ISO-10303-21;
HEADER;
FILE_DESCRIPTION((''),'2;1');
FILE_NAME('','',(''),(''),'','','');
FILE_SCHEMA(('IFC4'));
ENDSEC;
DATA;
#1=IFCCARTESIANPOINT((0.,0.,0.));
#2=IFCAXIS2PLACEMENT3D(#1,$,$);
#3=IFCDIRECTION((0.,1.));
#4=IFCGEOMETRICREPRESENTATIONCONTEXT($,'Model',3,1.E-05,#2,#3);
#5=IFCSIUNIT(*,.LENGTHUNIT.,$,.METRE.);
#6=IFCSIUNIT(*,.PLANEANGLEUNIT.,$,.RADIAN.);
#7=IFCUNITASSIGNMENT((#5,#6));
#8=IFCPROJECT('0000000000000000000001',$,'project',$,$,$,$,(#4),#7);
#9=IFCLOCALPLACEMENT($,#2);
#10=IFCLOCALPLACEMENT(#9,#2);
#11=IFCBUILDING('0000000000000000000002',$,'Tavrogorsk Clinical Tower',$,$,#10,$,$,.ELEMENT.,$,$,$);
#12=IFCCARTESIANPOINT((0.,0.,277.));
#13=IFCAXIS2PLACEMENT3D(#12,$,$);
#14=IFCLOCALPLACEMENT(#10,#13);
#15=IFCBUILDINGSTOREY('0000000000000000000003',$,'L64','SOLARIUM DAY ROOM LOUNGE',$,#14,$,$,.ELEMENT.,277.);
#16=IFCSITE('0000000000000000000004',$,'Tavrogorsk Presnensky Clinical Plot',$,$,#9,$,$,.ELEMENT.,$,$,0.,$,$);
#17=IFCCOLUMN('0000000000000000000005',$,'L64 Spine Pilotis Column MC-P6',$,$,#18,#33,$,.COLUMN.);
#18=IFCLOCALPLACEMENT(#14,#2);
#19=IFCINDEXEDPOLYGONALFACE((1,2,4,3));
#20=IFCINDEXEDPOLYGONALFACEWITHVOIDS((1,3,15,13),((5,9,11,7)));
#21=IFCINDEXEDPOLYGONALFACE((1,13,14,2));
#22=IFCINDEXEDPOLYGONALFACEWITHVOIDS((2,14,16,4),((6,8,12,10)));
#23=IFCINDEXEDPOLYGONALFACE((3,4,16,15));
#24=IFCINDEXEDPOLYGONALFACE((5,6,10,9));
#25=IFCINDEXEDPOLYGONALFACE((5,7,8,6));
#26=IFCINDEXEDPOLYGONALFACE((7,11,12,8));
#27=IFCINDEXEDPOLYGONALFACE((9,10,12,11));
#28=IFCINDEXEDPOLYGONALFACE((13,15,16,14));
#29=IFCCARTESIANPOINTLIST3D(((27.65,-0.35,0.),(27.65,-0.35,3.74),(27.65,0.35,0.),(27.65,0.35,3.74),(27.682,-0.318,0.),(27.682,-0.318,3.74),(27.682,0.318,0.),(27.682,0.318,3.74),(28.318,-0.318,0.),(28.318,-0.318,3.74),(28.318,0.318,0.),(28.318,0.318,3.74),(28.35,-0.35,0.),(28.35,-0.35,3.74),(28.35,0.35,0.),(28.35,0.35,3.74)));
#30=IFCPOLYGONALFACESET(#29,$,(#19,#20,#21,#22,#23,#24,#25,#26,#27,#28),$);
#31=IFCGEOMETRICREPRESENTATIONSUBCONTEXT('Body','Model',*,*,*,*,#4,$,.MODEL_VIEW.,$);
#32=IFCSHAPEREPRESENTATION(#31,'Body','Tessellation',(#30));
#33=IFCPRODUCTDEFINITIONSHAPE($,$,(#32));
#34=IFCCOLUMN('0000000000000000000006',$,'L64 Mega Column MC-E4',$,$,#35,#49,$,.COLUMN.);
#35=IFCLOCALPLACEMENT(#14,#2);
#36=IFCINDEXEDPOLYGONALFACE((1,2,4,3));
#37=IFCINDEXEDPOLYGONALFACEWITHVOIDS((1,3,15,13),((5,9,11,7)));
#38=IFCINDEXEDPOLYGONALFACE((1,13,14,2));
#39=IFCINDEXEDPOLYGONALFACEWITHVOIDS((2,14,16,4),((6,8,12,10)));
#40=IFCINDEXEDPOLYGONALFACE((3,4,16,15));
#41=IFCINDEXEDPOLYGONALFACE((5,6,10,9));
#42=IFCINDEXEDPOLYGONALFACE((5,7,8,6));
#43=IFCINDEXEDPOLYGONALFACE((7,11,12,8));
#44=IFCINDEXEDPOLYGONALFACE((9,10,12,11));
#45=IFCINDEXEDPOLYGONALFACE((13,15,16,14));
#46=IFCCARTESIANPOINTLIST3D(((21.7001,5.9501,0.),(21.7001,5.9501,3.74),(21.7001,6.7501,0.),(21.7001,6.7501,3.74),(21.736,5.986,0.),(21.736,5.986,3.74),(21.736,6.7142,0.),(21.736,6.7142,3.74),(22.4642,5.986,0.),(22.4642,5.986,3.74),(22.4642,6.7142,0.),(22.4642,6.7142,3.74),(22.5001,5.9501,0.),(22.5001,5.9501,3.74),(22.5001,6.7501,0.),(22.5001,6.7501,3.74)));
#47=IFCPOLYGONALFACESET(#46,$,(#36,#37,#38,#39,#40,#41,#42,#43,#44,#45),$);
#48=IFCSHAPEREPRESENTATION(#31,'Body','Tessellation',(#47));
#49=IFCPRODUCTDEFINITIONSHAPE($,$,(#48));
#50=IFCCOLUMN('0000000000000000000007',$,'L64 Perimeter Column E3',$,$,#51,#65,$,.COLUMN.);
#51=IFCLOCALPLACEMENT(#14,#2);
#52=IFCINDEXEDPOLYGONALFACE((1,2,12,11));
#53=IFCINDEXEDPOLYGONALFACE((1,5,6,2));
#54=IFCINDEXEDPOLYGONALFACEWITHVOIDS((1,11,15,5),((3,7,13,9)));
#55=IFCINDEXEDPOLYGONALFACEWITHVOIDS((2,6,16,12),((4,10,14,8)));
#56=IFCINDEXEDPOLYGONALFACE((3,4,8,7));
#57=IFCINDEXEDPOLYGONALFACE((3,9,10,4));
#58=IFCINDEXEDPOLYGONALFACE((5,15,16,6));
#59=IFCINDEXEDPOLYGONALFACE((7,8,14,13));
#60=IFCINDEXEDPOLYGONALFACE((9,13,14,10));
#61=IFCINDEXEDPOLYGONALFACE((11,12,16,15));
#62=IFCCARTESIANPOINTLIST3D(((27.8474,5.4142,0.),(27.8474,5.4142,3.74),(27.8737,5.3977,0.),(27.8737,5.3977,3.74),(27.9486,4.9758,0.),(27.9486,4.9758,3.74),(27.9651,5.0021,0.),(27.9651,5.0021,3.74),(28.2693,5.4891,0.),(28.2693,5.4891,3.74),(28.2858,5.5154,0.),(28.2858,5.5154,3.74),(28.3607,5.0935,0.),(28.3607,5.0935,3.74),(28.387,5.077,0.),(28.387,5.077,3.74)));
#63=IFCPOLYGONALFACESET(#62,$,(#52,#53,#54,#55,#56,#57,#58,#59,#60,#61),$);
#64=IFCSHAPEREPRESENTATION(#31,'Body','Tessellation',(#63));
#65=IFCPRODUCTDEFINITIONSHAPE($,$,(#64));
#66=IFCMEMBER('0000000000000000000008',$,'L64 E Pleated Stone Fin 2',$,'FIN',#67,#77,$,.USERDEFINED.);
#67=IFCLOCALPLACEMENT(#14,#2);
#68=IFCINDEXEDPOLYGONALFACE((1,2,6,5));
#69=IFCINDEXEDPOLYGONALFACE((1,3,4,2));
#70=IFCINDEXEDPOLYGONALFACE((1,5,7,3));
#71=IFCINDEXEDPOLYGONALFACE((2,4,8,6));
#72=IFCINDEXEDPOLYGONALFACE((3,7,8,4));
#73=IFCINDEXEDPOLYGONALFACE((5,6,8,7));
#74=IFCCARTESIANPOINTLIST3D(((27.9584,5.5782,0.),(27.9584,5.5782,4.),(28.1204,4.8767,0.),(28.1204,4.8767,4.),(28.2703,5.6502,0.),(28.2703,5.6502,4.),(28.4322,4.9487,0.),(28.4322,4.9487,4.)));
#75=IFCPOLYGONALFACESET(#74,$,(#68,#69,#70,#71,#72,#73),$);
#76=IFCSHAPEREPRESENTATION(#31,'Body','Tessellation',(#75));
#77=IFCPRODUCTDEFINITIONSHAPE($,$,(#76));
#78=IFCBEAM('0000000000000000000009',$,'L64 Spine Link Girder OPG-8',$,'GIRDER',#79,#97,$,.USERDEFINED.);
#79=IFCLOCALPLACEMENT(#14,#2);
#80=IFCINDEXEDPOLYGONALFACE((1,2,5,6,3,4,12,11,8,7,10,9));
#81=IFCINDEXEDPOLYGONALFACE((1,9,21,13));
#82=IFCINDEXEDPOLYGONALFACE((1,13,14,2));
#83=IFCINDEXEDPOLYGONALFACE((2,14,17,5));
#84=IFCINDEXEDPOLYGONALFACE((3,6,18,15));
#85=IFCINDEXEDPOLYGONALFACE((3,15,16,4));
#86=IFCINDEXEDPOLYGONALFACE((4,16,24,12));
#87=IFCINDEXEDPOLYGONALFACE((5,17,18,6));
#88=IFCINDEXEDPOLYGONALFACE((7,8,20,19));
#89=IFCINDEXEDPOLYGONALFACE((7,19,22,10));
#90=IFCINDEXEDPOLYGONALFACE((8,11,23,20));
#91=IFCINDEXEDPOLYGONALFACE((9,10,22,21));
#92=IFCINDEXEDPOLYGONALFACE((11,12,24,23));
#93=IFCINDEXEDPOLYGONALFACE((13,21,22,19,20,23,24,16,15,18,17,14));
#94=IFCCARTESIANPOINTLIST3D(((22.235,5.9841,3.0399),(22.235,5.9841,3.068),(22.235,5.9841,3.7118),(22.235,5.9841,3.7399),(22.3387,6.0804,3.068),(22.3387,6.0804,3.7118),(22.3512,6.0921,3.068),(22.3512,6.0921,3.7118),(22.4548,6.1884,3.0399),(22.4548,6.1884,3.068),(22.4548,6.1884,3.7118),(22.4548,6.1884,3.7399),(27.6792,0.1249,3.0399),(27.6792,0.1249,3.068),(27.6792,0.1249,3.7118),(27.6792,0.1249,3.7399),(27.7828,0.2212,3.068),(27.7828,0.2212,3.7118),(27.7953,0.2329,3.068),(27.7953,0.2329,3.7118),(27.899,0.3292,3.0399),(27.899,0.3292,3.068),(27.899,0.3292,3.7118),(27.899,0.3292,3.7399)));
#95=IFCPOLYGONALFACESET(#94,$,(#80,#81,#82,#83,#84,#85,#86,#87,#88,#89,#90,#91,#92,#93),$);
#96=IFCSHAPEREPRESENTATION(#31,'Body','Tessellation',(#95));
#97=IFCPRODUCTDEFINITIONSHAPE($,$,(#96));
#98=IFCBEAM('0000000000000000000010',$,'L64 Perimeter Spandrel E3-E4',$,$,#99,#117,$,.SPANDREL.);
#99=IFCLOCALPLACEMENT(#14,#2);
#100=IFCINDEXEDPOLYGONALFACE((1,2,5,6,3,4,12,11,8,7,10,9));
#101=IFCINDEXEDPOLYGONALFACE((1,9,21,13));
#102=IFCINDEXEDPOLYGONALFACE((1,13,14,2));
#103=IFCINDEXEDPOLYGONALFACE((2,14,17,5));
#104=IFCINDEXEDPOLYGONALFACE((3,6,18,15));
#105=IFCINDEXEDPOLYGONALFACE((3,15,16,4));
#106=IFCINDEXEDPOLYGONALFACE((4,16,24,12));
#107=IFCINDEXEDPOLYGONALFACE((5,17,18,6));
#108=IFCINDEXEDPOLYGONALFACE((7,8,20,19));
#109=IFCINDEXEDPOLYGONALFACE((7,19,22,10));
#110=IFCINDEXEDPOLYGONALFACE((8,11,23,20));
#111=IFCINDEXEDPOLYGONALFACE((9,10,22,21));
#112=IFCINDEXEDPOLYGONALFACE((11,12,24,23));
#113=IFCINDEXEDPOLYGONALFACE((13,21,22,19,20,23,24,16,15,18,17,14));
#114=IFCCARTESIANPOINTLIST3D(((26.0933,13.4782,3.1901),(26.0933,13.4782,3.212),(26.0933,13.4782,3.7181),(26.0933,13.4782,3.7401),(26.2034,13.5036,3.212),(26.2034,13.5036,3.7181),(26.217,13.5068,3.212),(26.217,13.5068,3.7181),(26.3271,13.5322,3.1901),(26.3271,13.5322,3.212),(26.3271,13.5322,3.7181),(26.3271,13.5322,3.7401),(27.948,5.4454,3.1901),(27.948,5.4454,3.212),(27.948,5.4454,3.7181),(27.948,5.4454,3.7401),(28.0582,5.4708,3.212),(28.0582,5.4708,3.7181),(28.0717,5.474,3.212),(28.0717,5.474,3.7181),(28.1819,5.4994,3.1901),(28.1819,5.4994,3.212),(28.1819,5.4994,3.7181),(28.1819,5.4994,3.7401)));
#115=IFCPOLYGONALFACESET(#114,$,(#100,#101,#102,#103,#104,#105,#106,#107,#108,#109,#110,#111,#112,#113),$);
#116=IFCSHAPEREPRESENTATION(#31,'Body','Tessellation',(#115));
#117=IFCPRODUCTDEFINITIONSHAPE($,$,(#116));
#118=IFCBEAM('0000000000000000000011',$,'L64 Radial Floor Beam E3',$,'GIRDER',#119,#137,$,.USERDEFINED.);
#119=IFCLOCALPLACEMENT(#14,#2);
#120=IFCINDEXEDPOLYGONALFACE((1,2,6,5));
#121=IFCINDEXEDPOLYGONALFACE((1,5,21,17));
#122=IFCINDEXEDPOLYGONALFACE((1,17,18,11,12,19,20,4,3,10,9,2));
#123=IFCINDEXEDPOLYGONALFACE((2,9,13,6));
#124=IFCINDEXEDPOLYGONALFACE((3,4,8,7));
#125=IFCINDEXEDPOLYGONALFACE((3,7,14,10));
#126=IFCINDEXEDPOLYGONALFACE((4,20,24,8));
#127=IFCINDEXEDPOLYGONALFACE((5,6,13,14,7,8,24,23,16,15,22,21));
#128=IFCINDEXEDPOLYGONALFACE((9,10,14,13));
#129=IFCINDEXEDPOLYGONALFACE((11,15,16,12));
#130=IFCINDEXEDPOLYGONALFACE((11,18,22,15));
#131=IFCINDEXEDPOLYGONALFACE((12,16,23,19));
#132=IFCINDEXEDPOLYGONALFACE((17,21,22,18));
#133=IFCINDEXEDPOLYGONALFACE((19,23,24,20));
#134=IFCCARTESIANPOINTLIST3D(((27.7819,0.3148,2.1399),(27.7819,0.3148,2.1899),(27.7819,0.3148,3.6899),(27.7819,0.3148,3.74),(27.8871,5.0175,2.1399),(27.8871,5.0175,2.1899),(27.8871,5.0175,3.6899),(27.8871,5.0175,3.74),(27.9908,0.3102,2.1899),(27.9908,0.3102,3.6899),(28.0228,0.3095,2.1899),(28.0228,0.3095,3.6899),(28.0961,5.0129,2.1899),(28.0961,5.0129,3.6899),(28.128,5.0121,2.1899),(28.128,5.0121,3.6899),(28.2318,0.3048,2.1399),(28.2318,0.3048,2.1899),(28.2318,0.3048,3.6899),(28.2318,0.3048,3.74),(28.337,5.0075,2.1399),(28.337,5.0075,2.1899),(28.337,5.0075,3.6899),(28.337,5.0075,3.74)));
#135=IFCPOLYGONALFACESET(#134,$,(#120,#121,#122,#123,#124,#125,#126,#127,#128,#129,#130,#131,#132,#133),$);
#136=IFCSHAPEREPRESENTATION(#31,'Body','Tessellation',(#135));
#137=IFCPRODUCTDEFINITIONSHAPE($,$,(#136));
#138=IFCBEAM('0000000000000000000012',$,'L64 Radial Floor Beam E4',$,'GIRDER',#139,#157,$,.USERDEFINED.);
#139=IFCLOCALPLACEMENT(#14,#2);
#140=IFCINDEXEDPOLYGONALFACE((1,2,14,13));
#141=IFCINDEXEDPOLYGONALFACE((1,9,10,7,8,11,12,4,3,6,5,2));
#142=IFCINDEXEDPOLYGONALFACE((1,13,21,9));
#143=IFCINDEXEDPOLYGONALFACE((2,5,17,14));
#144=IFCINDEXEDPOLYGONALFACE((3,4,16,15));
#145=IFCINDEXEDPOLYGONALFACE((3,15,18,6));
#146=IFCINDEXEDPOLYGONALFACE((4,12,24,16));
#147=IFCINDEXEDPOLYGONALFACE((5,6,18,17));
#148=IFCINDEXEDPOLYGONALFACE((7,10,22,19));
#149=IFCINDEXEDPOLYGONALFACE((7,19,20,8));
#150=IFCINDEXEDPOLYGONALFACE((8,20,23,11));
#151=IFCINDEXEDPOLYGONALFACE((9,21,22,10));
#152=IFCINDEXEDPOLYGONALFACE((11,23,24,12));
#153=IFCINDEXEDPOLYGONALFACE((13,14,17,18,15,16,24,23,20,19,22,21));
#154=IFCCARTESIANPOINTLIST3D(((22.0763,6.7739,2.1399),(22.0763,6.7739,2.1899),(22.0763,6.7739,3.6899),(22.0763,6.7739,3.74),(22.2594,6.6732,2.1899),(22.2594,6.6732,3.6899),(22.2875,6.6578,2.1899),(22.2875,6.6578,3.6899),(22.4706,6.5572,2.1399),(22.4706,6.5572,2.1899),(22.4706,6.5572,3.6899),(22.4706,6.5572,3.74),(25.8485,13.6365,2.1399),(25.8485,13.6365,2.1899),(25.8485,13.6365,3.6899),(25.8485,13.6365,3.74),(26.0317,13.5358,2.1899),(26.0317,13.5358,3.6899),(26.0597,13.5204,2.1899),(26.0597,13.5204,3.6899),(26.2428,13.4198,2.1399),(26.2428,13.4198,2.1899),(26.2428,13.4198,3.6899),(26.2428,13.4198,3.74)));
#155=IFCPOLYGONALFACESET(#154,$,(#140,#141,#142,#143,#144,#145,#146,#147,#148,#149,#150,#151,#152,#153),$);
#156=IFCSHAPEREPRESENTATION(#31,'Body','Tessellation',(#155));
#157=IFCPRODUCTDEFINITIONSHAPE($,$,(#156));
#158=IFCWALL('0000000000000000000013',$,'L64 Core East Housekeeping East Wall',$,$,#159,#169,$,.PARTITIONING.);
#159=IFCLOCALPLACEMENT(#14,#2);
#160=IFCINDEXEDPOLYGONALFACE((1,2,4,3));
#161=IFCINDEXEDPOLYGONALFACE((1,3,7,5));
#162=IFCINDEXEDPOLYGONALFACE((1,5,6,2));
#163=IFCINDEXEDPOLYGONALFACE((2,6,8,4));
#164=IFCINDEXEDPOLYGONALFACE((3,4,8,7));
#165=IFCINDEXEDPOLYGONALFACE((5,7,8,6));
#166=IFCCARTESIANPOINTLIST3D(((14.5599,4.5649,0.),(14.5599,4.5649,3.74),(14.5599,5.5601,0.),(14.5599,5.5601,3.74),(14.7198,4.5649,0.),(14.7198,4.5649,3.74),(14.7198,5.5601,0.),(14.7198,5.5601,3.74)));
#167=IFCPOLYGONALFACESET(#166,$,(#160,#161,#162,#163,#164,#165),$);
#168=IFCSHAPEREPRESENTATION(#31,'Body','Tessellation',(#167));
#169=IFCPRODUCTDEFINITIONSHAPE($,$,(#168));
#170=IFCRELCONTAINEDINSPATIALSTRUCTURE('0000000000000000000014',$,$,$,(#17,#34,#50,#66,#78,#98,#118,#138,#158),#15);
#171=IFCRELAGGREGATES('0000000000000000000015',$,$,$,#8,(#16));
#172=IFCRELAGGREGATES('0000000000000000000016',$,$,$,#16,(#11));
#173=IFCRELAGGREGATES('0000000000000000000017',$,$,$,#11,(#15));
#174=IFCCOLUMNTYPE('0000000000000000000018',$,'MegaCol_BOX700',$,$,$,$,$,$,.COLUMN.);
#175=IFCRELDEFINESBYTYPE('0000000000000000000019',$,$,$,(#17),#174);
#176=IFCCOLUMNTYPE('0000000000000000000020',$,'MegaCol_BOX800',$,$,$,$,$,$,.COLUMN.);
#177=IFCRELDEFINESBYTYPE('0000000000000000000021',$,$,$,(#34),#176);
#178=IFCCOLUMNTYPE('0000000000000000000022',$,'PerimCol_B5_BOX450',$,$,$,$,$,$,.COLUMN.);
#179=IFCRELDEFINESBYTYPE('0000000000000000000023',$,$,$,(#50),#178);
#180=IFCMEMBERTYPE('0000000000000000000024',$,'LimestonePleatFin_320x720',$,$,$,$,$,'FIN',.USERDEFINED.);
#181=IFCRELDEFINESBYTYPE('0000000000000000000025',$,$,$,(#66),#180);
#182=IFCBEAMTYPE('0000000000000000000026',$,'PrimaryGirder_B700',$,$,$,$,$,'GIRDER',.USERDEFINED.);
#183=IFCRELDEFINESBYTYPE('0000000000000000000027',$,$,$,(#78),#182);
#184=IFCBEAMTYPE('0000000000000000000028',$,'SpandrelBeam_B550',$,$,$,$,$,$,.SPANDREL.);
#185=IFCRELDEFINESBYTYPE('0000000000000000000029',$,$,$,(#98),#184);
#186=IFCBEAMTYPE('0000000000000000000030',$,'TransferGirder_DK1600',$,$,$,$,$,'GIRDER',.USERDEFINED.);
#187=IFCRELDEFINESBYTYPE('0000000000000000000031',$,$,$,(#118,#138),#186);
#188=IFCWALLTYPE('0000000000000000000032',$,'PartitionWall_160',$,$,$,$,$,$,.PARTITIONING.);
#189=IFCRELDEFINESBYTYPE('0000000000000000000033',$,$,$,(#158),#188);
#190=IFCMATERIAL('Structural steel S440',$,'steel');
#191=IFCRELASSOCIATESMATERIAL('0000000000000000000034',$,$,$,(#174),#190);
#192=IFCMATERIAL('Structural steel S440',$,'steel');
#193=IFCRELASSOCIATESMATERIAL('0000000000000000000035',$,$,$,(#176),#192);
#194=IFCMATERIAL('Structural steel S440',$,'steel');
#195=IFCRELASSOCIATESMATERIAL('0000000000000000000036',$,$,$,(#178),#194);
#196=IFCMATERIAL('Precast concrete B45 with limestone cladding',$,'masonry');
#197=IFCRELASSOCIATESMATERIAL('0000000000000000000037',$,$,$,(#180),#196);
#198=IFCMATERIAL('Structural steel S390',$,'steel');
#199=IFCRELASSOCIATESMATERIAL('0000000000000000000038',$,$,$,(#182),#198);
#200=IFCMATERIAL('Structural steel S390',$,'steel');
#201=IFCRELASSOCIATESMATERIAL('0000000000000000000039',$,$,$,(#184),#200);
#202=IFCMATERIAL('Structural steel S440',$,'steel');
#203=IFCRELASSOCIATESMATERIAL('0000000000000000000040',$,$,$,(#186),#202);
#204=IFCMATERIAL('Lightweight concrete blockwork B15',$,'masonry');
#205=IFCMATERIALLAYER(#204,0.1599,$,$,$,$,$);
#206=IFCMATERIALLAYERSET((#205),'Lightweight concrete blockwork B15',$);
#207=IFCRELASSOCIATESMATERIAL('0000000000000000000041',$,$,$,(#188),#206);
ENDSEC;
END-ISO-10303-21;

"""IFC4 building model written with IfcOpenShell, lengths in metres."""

from ifc_helpers import new_model, si_unit, direction, frame, frame_2d, origin, origin_2d, place, context, subcontext, project, spatial, rectangle, hollow_rectangle, i_section, extrude, material, layer, layer_set, material_profile, profile_set, type_object, element, save


model = new_model("IFC4")

# Units and contexts
model_context = context("Model", 3, precision=1e-05, world=origin(), true_north=direction((0.0, 1.0)))
body_context = subcontext(model_context, "Body", "Model", "MODEL_VIEW")
ifc_project = project(units=[si_unit("LENGTHUNIT", "METRE"), si_unit("PLANEANGLEUNIT", "RADIAN")], contexts=[model_context])

# Site, building, storey
site_placement = place(None, origin())
site = spatial("IfcSite", under=ifc_project, at=site_placement, Name="Tavrogorsk Presnensky Clinical Plot", CompositionType="ELEMENT", RefElevation=0.0)
building_placement = place(site_placement, origin())
building = spatial("IfcBuilding", under=site, at=building_placement, Name="Tavrogorsk Clinical Tower", CompositionType="ELEMENT")
storey_placement = place(building_placement, frame((0.0, 0.0, 277.0)))
storey = spatial("IfcBuildingStorey", under=building, at=storey_placement, Name="L64", Description="SOLARIUM DAY ROOM LOUNGE", CompositionType="ELEMENT", Elevation=277.0)

# Columns
ifc_material_1 = material(Name="Structural steel S440", Category="steel")
ifc_material_profile_1 = material_profile(ifc_material_1, hollow_rectangle(XDim=0.7, YDim=0.7, WallThickness=0.032, at=origin_2d()), Name="BOX-700x700x32")
ifc_profile_set_1 = profile_set([ifc_material_profile_1], Name="Structural steel S440")
column_type_1 = type_object("IfcColumnType", Name="MegaCol_BOX700", PredefinedType="COLUMN", material=ifc_profile_set_1)
column_1_placement = place(storey_placement, frame((28.0, 0.0, 0.0), z_axis=(0.0, 0.0, 1.0), x_axis=(1.0, 0.0, 0.0)))
element("IfcColumn", 1, at=column_1_placement, inside=storey, type_object=column_type_1, Name="L64 Spine Pilotis Column MC-P6", PredefinedType="COLUMN", context=body_context, shape_type="SweptSolid", body=[
    extrude(hollow_rectangle(XDim=0.7, YDim=0.7, WallThickness=0.032, at=origin_2d()), origin(), (0.0, 0.0, 1.0), 3.74),
])
ifc_material_2 = material(Name="Structural steel S440", Category="steel")
ifc_material_profile_2 = material_profile(ifc_material_2, hollow_rectangle(XDim=0.8, YDim=0.8, WallThickness=0.0359, at=origin_2d()), Name="BOX-800x800x36")
ifc_profile_set_2 = profile_set([ifc_material_profile_2], Name="Structural steel S440")
column_type_2 = type_object("IfcColumnType", Name="MegaCol_BOX800", PredefinedType="COLUMN", material=ifc_profile_set_2)
column_2_placement = place(storey_placement, frame((22.1001, 6.3501, 0.0), z_axis=(0.0, 0.0, 1.0), x_axis=(1.0, 0.0, 0.0)))
element("IfcColumn", 2, at=column_2_placement, inside=storey, type_object=column_type_2, Name="L64 Mega Column MC-E4", PredefinedType="COLUMN", context=body_context, shape_type="SweptSolid", body=[
    extrude(hollow_rectangle(XDim=0.8, YDim=0.8, WallThickness=0.0359, at=origin_2d()), origin(), (0.0, 0.0, 1.0), 3.74),
])
ifc_material_3 = material(Name="Structural steel S440", Category="steel")
ifc_material_profile_3 = material_profile(ifc_material_3, hollow_rectangle(XDim=0.45, YDim=0.45, WallThickness=0.022, at=origin_2d()), Name="BOX-450x450x22")
ifc_profile_set_3 = profile_set([ifc_material_profile_3], Name="Structural steel S440")
column_type_3 = type_object("IfcColumnType", Name="PerimCol_B5_BOX450", PredefinedType="COLUMN", material=ifc_profile_set_3)
column_3_placement = place(storey_placement, frame((28.1172, 5.2456, 0.0), z_axis=(0.0, 0.0, 1.0), x_axis=(0.97437, 0.224951, 0.0)))
element("IfcColumn", 3, at=column_3_placement, inside=storey, type_object=column_type_3, Name="L64 Perimeter Column E3", PredefinedType="COLUMN", context=body_context, shape_type="SweptSolid", body=[
    extrude(hollow_rectangle(XDim=0.45, YDim=0.45, WallThickness=0.022, at=origin_2d()), origin(), (0.0, 0.0, 1.0), 3.74),
])

# Member
ifc_material_4 = material(Name="Precast concrete B45 with limestone cladding", Category="masonry")
ifc_material_profile_4 = material_profile(ifc_material_4, rectangle(XDim=0.3201, YDim=0.72, at=origin_2d()), Name="LIMESTONE-FIN-320x720")
ifc_profile_set_4 = profile_set([ifc_material_profile_4], Name="Precast concrete B45 with limestone cladding")
member_type = type_object("IfcMemberType", Name="LimestonePleatFin_320x720", ElementType="FIN", PredefinedType="USERDEFINED", material=ifc_profile_set_4)
member_placement = place(storey_placement, frame((28.1953, 5.2634, 0.0), z_axis=(0.0, 0.0, 1.0), x_axis=(0.97437, 0.224951, 0.0)))
element("IfcMember", 4, at=member_placement, inside=storey, type_object=member_type, Name="L64 E Pleated Stone Fin 2", ObjectType="FIN", PredefinedType="USERDEFINED", context=body_context, shape_type="SweptSolid", body=[
    extrude(rectangle(XDim=0.3201, YDim=0.72, at=origin_2d()), origin(), (0.0, 0.0, 1.0), 4.0),
])

# Beams
ifc_material_5 = material(Name="Structural steel S390", Category="steel")
ifc_material_profile_5 = material_profile(ifc_material_5, i_section(OverallWidth=0.3, OverallDepth=0.7, WebThickness=0.0171, FlangeThickness=0.0281, at=origin_2d()), Name="B-700x300x17x28")
ifc_profile_set_5 = profile_set([ifc_material_profile_5], Name="Structural steel S390")
beam_type_1 = type_object("IfcBeamType", Name="PrimaryGirder_B700", ElementType="GIRDER", PredefinedType="USERDEFINED", material=ifc_profile_set_5)
beam_1_placement = place(storey_placement, frame((27.7891, 0.2271, 3.3899), z_axis=(-0.680684, 0.732577, 0.0), x_axis=(-0.732577, -0.680684, 0.0)))
element("IfcBeam", 5, at=beam_1_placement, inside=storey, type_object=beam_type_1, Name="L64 Spine Link Girder OPG-8", ObjectType="GIRDER", PredefinedType="USERDEFINED", context=body_context, shape_type="SweptSolid", body=[
    extrude(i_section(OverallWidth=0.3, OverallDepth=0.7, WebThickness=0.0171, FlangeThickness=0.0281, at=origin_2d()), origin(), (0.0, 0.0, 1.0), 7.998),
])
ifc_material_6 = material(Name="Structural steel S390", Category="steel")
ifc_material_profile_6 = material_profile(ifc_material_6, i_section(OverallWidth=0.24, OverallDepth=0.55, WebThickness=0.0139, FlangeThickness=0.022, at=origin_2d()), Name="B-550x240x14x22")
ifc_profile_set_6 = profile_set([ifc_material_profile_6], Name="Structural steel S390")
beam_type_2 = type_object("IfcBeamType", Name="SpandrelBeam_B550", PredefinedType="SPANDREL", material=ifc_profile_set_6)
beam_2_placement = place(storey_placement, frame((28.0649, 5.4724, 3.4651), z_axis=(-0.224978, 0.974364, 0.0), x_axis=(-0.974364, -0.224978, 0.0)))
element("IfcBeam", 6, at=beam_2_placement, inside=storey, type_object=beam_type_2, Name="L64 Perimeter Spandrel E3-E4", PredefinedType="SPANDREL", context=body_context, shape_type="SweptSolid", body=[
    extrude(i_section(OverallWidth=0.24, OverallDepth=0.55, WebThickness=0.0139, FlangeThickness=0.022, at=origin_2d()), origin(), (0.0, 0.0, 1.0), 8.2441),
])
ifc_material_7 = material(Name="Structural steel S440", Category="steel")
ifc_material_profile_7 = material_profile(ifc_material_7, i_section(OverallWidth=0.45, OverallDepth=1.6001, WebThickness=0.032, FlangeThickness=0.05, at=origin_2d()), Name="DK-1600x450x32x50")
ifc_profile_set_7 = profile_set([ifc_material_profile_7], Name="Structural steel S440")
beam_type_3 = type_object("IfcBeamType", Name="TransferGirder_DK1600", ElementType="GIRDER", PredefinedType="USERDEFINED", material=ifc_profile_set_7)
beam_3_placement = place(storey_placement, frame((28.0068, 0.3098, 2.9399), z_axis=(0.02237, 0.99975, 0.0), x_axis=(-0.99975, 0.02237, 0.0)))
element("IfcBeam", 7, at=beam_3_placement, inside=storey, type_object=beam_type_3, Name="L64 Radial Floor Beam E3", ObjectType="GIRDER", PredefinedType="USERDEFINED", context=body_context, shape_type="SweptSolid", body=[
    extrude(i_section(OverallWidth=0.45, OverallDepth=1.6001, WebThickness=0.032, FlangeThickness=0.05, at=origin_2d()), origin(), (0.0, 0.0, 1.0), 4.7039),
])
beam_4_placement = place(storey_placement, frame((22.2734, 6.6655, 2.9399), z_axis=(0.481705, 0.876334, 0.0), x_axis=(-0.876334, 0.481705, 0.0)))
element("IfcBeam", 8, at=beam_4_placement, inside=storey, type_object=beam_type_3, Name="L64 Radial Floor Beam E4", ObjectType="GIRDER", PredefinedType="USERDEFINED", context=body_context, shape_type="SweptSolid", body=[
    extrude(i_section(OverallWidth=0.45, OverallDepth=1.6001, WebThickness=0.032, FlangeThickness=0.05, at=origin_2d()), origin(), (0.0, 0.0, 1.0), 7.8311),
])

# Wall
ifc_material_8 = material(Name="Lightweight concrete blockwork B15", Category="masonry")
ifc_layer_1 = layer(ifc_material_8, 0.1599)
ifc_layer_set_1 = layer_set([ifc_layer_1], Name="Lightweight concrete blockwork B15")
wall_type_1 = type_object("IfcWallType", Name="PartitionWall_160", PredefinedType="PARTITIONING", material=ifc_layer_set_1)
wall_1_placement = place(storey_placement, frame((14.6399, 4.5649, 0.0), z_axis=(0.0, 0.0, 1.0), x_axis=(0.0, 1.0, 0.0)))
element("IfcWall", 9, at=wall_1_placement, inside=storey, type_object=wall_type_1, Name="L64 Core East Housekeeping East Wall", PredefinedType="PARTITIONING", context=body_context, shape_type="SweptSolid", body=[
    extrude(rectangle(XDim=0.9951, YDim=0.1599, at=frame_2d((0.4976, 0.0))), origin(), (0.0, 0.0, 1.0), 3.74),
])

save(model, "model.ifc")
